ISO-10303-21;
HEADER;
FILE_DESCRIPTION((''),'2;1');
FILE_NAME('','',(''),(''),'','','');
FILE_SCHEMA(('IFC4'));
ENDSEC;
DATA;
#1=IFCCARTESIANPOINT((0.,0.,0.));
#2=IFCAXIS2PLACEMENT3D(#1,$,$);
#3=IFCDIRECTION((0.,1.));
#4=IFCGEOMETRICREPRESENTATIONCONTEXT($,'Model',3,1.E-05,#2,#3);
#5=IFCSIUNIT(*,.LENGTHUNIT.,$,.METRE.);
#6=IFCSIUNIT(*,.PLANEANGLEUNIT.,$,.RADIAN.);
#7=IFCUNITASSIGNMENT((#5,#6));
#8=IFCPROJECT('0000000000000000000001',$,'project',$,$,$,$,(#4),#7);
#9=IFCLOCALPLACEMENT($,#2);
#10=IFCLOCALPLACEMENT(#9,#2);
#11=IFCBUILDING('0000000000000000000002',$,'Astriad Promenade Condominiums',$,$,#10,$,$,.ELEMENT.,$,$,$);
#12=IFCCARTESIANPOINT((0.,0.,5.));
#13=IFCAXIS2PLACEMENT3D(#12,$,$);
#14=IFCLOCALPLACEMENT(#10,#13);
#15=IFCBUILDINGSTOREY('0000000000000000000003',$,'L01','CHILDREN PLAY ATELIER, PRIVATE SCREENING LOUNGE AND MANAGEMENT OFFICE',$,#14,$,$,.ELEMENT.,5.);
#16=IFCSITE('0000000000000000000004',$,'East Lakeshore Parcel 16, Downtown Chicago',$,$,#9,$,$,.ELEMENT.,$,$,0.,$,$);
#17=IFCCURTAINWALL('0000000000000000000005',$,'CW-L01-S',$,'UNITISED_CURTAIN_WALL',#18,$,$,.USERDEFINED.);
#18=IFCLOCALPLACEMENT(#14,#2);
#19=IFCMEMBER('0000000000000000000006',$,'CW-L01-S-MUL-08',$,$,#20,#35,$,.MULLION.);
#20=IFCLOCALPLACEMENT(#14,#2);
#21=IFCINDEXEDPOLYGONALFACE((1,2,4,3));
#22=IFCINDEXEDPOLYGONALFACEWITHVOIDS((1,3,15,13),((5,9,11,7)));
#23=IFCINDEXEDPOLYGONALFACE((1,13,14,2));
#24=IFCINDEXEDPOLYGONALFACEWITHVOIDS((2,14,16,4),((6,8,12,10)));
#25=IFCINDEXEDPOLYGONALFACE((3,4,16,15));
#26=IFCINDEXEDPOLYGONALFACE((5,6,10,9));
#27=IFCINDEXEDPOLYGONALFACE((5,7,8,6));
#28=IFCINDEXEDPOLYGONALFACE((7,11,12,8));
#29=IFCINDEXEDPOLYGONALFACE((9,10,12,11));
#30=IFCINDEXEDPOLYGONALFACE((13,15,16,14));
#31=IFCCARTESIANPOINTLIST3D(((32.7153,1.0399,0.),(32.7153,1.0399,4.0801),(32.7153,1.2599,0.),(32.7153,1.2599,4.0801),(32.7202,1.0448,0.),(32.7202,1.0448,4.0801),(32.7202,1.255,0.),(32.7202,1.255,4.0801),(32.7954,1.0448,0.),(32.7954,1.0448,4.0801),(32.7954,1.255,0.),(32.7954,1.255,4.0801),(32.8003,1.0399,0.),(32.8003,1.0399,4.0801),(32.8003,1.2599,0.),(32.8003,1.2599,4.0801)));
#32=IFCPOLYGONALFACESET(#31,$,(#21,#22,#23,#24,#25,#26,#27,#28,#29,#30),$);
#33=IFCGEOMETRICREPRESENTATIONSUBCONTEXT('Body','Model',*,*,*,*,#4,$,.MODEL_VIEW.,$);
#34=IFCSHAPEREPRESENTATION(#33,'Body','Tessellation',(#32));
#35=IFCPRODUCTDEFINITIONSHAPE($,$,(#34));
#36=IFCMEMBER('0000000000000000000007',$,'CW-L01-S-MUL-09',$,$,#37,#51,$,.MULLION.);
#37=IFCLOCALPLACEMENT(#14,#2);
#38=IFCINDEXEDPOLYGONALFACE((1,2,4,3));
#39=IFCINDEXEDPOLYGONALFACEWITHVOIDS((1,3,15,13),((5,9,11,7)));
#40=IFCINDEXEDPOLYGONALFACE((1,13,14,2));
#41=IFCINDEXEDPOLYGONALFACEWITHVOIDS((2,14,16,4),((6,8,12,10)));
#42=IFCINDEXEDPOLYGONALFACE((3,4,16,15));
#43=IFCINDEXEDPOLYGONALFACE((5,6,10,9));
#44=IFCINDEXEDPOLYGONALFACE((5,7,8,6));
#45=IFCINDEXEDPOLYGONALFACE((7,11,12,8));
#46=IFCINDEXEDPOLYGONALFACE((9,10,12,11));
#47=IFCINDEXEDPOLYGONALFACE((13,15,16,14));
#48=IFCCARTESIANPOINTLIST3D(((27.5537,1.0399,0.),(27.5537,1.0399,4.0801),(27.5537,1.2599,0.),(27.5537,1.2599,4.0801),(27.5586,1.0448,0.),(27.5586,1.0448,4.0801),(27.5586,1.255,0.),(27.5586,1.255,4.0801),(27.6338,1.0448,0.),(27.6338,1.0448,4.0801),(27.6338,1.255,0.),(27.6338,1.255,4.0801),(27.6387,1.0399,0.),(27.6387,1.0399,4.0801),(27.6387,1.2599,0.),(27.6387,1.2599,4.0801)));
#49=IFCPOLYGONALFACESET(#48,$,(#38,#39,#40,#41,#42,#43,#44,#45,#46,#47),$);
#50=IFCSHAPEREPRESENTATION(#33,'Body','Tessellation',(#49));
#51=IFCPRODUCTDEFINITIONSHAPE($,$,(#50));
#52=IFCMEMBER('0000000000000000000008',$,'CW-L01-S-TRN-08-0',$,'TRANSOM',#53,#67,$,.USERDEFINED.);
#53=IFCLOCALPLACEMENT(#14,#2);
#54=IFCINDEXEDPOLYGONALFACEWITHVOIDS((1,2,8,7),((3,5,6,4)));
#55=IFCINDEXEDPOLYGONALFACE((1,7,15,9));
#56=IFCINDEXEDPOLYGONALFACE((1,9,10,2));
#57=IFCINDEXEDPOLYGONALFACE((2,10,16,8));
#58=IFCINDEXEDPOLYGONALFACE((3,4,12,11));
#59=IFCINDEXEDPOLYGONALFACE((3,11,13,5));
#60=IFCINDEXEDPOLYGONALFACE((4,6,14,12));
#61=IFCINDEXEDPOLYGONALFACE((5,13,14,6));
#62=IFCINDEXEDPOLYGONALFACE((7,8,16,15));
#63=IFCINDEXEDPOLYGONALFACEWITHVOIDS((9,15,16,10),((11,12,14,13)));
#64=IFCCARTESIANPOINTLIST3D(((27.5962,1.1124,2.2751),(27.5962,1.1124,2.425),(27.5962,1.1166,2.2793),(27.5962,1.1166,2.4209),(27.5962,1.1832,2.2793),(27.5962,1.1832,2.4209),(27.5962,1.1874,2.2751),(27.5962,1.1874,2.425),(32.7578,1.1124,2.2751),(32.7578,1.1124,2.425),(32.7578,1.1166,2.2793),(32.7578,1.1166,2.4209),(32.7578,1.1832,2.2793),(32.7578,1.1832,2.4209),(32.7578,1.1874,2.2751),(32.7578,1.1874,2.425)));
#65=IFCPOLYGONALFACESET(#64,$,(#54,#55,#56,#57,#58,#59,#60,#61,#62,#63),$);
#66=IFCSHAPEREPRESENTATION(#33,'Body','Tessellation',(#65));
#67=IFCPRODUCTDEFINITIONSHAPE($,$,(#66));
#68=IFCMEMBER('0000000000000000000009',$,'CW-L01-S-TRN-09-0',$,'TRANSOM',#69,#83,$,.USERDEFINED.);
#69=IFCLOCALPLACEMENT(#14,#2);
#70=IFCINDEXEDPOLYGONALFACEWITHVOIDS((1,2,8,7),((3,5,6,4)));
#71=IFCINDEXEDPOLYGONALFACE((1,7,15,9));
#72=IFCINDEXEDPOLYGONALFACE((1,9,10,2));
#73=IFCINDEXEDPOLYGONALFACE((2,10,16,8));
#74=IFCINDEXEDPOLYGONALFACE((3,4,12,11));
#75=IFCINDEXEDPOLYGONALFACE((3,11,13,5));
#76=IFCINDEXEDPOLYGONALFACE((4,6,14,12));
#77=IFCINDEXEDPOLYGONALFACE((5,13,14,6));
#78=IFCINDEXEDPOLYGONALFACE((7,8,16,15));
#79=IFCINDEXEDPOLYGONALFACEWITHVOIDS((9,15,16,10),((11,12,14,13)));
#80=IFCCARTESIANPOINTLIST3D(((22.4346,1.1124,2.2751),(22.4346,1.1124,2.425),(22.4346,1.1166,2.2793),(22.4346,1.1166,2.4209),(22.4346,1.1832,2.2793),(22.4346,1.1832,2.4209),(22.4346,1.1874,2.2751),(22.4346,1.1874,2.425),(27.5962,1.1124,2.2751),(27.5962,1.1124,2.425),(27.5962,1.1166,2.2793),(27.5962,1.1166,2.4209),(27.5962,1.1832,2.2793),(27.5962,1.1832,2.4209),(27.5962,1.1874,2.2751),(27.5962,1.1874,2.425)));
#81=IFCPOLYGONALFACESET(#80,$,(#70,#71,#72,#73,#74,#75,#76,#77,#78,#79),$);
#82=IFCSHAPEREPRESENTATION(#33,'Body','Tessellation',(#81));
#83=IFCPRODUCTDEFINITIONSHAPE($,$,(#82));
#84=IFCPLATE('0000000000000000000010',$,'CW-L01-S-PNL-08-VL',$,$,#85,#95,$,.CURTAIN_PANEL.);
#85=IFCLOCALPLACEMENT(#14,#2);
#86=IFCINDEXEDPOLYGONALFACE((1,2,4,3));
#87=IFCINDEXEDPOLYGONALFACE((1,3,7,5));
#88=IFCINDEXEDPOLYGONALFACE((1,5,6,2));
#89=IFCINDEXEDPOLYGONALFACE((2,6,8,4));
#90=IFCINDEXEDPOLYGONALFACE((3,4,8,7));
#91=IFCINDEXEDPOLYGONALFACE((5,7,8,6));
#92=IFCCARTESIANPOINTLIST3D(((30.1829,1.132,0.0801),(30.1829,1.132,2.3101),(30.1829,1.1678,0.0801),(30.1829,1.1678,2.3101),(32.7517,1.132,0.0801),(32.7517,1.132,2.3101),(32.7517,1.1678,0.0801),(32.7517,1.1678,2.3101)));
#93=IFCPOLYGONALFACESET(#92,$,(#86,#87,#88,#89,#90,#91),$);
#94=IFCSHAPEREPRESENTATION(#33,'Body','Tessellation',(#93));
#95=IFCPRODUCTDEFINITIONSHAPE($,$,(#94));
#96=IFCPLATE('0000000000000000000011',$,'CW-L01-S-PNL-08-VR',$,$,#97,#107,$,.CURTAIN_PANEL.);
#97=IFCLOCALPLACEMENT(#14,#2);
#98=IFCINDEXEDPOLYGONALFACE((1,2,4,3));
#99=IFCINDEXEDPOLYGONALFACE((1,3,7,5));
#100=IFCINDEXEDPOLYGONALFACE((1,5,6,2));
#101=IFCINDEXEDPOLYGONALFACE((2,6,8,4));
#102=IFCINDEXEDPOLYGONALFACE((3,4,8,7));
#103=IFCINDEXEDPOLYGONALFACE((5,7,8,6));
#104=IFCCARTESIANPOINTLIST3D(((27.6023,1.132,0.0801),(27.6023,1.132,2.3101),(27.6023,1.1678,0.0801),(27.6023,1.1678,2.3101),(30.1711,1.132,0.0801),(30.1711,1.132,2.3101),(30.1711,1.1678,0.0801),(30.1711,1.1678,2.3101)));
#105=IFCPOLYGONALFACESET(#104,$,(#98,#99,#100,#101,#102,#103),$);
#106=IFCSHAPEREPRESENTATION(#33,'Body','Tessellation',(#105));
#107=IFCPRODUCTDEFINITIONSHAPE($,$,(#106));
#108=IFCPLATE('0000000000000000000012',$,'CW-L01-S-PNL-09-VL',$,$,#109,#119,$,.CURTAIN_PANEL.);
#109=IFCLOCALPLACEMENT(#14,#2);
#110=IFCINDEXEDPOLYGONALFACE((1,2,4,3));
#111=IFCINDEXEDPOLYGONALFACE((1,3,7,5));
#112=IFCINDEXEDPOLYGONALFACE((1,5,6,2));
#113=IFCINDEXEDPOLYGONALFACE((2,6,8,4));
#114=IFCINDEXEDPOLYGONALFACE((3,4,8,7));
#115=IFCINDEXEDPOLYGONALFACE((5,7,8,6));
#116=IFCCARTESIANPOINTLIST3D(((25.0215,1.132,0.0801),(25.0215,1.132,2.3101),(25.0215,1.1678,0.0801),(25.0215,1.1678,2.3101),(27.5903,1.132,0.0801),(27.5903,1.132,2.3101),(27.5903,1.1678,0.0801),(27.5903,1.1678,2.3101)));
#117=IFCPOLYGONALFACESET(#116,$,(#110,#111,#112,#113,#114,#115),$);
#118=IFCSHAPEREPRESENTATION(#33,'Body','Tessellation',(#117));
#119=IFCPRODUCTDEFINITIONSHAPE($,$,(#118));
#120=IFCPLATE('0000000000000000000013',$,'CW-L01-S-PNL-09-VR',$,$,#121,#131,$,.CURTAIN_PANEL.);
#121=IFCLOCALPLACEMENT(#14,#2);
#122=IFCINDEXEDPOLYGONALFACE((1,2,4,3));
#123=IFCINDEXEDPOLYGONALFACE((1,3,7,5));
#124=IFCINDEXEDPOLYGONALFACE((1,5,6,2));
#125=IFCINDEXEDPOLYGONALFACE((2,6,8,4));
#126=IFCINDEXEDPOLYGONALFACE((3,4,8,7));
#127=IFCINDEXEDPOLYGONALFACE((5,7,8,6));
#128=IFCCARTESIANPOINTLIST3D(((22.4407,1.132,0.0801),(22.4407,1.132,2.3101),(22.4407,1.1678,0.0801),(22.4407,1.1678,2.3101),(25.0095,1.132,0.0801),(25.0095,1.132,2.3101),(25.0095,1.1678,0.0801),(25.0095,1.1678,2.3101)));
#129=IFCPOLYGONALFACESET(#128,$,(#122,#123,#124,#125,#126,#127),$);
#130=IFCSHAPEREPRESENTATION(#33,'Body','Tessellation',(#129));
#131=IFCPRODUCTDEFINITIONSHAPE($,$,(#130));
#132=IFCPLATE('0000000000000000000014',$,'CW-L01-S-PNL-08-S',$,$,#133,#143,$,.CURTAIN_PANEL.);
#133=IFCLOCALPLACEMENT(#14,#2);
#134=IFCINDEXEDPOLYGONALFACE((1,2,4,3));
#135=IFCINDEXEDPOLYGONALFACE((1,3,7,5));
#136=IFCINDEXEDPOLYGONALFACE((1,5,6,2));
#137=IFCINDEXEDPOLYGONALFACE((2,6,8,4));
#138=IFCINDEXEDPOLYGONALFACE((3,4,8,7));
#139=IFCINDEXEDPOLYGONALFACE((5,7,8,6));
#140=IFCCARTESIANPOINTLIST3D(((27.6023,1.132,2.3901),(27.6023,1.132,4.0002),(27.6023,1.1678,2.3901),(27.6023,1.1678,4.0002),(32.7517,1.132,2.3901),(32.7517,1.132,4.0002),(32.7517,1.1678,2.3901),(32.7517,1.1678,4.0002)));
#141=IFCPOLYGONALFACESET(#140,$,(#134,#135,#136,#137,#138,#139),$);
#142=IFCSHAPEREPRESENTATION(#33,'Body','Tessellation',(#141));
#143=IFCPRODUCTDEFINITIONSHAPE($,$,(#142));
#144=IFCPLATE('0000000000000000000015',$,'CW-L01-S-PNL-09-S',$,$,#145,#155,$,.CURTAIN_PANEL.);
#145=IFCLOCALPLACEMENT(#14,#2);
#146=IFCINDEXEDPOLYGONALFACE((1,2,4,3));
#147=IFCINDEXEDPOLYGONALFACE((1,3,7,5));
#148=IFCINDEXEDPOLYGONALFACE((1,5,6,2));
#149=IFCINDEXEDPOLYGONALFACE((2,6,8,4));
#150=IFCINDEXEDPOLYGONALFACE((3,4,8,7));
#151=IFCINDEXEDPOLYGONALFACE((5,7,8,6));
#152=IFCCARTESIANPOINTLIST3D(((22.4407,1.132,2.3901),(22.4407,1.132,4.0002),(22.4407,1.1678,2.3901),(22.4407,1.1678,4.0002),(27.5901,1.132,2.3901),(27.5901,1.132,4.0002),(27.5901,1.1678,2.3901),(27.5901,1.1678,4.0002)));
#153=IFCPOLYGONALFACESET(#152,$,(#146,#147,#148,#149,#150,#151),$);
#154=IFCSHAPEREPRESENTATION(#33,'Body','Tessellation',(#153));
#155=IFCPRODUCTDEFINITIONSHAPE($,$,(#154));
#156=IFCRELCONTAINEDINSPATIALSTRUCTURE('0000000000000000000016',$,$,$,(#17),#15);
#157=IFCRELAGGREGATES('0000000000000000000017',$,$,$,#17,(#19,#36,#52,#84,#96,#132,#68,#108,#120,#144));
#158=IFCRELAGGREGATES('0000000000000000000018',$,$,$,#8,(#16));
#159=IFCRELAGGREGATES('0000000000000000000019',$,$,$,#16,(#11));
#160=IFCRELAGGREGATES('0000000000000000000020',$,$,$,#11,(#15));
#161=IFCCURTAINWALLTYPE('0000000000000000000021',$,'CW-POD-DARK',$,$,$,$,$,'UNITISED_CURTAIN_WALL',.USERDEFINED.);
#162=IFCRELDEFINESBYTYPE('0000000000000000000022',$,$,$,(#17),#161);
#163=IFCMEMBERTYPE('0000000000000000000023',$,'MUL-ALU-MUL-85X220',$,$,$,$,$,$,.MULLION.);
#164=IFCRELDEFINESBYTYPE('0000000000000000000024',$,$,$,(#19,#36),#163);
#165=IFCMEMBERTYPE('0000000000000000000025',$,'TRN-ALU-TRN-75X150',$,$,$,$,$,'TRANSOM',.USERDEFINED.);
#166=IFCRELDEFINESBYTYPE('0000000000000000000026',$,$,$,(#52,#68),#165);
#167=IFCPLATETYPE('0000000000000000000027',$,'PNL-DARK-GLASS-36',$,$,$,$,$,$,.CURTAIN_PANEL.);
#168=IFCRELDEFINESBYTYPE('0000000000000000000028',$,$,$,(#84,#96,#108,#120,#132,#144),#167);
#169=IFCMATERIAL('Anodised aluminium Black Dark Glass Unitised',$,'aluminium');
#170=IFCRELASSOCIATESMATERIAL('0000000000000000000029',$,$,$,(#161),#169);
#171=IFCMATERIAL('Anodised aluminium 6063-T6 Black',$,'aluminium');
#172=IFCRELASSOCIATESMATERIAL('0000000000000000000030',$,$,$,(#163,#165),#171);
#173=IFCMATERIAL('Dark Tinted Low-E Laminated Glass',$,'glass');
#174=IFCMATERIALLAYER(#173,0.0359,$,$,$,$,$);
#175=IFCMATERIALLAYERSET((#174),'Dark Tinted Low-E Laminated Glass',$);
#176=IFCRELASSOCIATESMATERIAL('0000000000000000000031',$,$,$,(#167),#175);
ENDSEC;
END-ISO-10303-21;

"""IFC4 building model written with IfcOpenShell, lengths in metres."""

from ifc_helpers import new_model, si_unit, direction, frame, origin, origin_2d, place, context, subcontext, project, spatial, rectangle, hollow_rectangle, extrude, source, transform, mapped, material, layer, layer_set, material_profile, profile_set, type_object, type_shapes, element, aggregate, save


model = new_model("IFC4")

# Units and contexts
model_context = context("Model", 3, precision=1e-05, world=origin(), true_north=direction((0.0, 1.0)))
body_context = subcontext(model_context, "Body", "Model", "MODEL_VIEW")
ifc_project = project(units=[si_unit("LENGTHUNIT", "METRE"), si_unit("PLANEANGLEUNIT", "RADIAN")], contexts=[model_context])

# Site, building, storey
site_placement = place(None, origin())
site = spatial("IfcSite", under=ifc_project, at=site_placement, Name="East Lakeshore Parcel 16, Downtown Chicago", CompositionType="ELEMENT", RefElevation=0.0)
building_placement = place(site_placement, origin())
building = spatial("IfcBuilding", under=site, at=building_placement, Name="Astriad Promenade Condominiums", CompositionType="ELEMENT")
storey_placement = place(building_placement, frame((0.0, 0.0, 5.0)))
storey = spatial("IfcBuildingStorey", under=building, at=storey_placement, Name="L01", Description="CHILDREN PLAY ATELIER, PRIVATE SCREENING LOUNGE AND MANAGEMENT OFFICE", CompositionType="ELEMENT", Elevation=5.0)

# Curtain wall, members, plates
ifc_material_1 = material(Name="Anodised aluminium Black Dark Glass Unitised", Category="aluminium")
curtain_wall_type = type_object("IfcCurtainWallType", Name="CW-POD-DARK", ElementType="UNITISED_CURTAIN_WALL", PredefinedType="USERDEFINED", material=ifc_material_1)
curtain_wall_placement = place(storey_placement, origin())
curtain_wall = element("IfcCurtainWall", 1, at=curtain_wall_placement, inside=storey, type_object=curtain_wall_type, Name="CW-L01-S", ObjectType="UNITISED_CURTAIN_WALL", PredefinedType="USERDEFINED")
ifc_material_2 = material(Name="Anodised aluminium 6063-T6 Black", Category="aluminium")
ifc_material_profile_1 = material_profile(ifc_material_2, hollow_rectangle(XDim=0.085, YDim=0.22, WallThickness=0.0049, at=origin_2d()), Name="ALU-MUL-85X220")
ifc_profile_set_1 = profile_set([ifc_material_profile_1], Name="Anodised aluminium 6063-T6 Black")
member_type_1 = type_object("IfcMemberType", Name="MUL-ALU-MUL-85X220", PredefinedType="MULLION", material=ifc_profile_set_1)
shared_shape_1 = source(origin(), body_context, "Body", "SweptSolid", [
    extrude(hollow_rectangle(XDim=0.085, YDim=0.22, WallThickness=0.0049, at=origin_2d()), origin(), (0.0, 0.0, 1.0), 4.0801),
])
type_shapes(member_type_1, [shared_shape_1])
member_1_placement = place(storey_placement, frame((32.7578, 1.1499, 0.0), z_axis=(0.0, 0.0, 1.0), x_axis=(1.0, 0.0, 0.0)))
member_1 = element("IfcMember", 2, at=member_1_placement, type_object=member_type_1, Name="CW-L01-S-MUL-08", PredefinedType="MULLION", context=body_context, shape_type="MappedRepresentation", body=[
    mapped(shared_shape_1, transform((0.0, 0.0, 0.0), scale=1.0)),
])
member_2_placement = place(storey_placement, frame((27.5962, 1.1499, 0.0), z_axis=(0.0, 0.0, 1.0), x_axis=(1.0, 0.0, 0.0)))
member_2 = element("IfcMember", 3, at=member_2_placement, type_object=member_type_1, Name="CW-L01-S-MUL-09", PredefinedType="MULLION", context=body_context, shape_type="MappedRepresentation", body=[
    mapped(shared_shape_1, transform((0.0, 0.0, 0.0), scale=1.0)),
])
ifc_material_profile_2 = material_profile(ifc_material_2, hollow_rectangle(XDim=0.075, YDim=0.1499, WallThickness=0.0042, at=origin_2d()), Name="ALU-TRN-75X150")
ifc_profile_set_2 = profile_set([ifc_material_profile_2], Name="Anodised aluminium 6063-T6 Black")
member_type_2 = type_object("IfcMemberType", Name="TRN-ALU-TRN-75X150", ElementType="TRANSOM", PredefinedType="USERDEFINED", material=ifc_profile_set_2)
shared_shape_2 = source(origin(), body_context, "Body", "SweptSolid", [
    extrude(hollow_rectangle(XDim=0.075, YDim=0.1499, WallThickness=0.0042, at=origin_2d()), origin(), (0.0, 0.0, 1.0), 5.1616),
])
type_shapes(member_type_2, [shared_shape_2])
member_3_placement = place(storey_placement, frame((32.7578, 1.1499, 2.3501), z_axis=(-1.0, 0.0, 0.0), x_axis=(0.0, -1.0, 0.0)))
member_3 = element("IfcMember", 4, at=member_3_placement, type_object=member_type_2, Name="CW-L01-S-TRN-08-0", ObjectType="TRANSOM", PredefinedType="USERDEFINED", context=body_context, shape_type="MappedRepresentation", body=[
    mapped(shared_shape_2, transform((0.0, 0.0, 0.0), scale=1.0)),
])
member_4_placement = place(storey_placement, frame((27.5962, 1.1499, 2.3501), z_axis=(-1.0, 0.0, 0.0), x_axis=(0.0, -1.0, 0.0)))
member_4 = element("IfcMember", 5, at=member_4_placement, type_object=member_type_2, Name="CW-L01-S-TRN-09-0", ObjectType="TRANSOM", PredefinedType="USERDEFINED", context=body_context, shape_type="MappedRepresentation", body=[
    mapped(shared_shape_2, transform((0.0, 0.0, 0.0), scale=1.0)),
])
ifc_material_3 = material(Name="Dark Tinted Low-E Laminated Glass", Category="glass")
ifc_layer_1 = layer(ifc_material_3, 0.0359)
ifc_layer_set_1 = layer_set([ifc_layer_1], Name="Dark Tinted Low-E Laminated Glass")
plate_type = type_object("IfcPlateType", Name="PNL-DARK-GLASS-36", PredefinedType="CURTAIN_PANEL", material=ifc_layer_set_1)
shared_shape_3 = source(origin(), body_context, "Body", "SweptSolid", [
    extrude(rectangle(XDim=2.5688, YDim=0.0359, at=origin_2d()), origin(), (0.0, 0.0, 1.0), 2.23),
])
plate_1_placement = place(storey_placement, frame((31.4673, 1.1499, 0.0801), z_axis=(0.0, 0.0, 1.0), x_axis=(-1.0, 0.0, 0.0)))
plate_1 = element("IfcPlate", 6, at=plate_1_placement, type_object=plate_type, Name="CW-L01-S-PNL-08-VL", PredefinedType="CURTAIN_PANEL", context=body_context, shape_type="MappedRepresentation", body=[
    mapped(shared_shape_3, transform((0.0, 0.0, 0.0), scale=1.0)),
])
plate_2_placement = place(storey_placement, frame((28.8867, 1.1499, 0.0801), z_axis=(0.0, 0.0, 1.0), x_axis=(-1.0, 0.0, 0.0)))
plate_2 = element("IfcPlate", 7, at=plate_2_placement, type_object=plate_type, Name="CW-L01-S-PNL-08-VR", PredefinedType="CURTAIN_PANEL", context=body_context, shape_type="MappedRepresentation", body=[
    mapped(shared_shape_3, transform((0.0, 0.0, 0.0), scale=1.0)),
])
plate_3_placement = place(storey_placement, frame((26.3059, 1.1499, 0.0801), z_axis=(0.0, 0.0, 1.0), x_axis=(-1.0, 0.0, 0.0)))
plate_3 = element("IfcPlate", 8, at=plate_3_placement, type_object=plate_type, Name="CW-L01-S-PNL-09-VL", PredefinedType="CURTAIN_PANEL", context=body_context, shape_type="MappedRepresentation", body=[
    mapped(shared_shape_3, transform((0.0, 0.0, 0.0), scale=1.0)),
])
plate_4_placement = place(storey_placement, frame((23.7251, 1.1499, 0.0801), z_axis=(0.0, 0.0, 1.0), x_axis=(-1.0, 0.0, 0.0)))
plate_4 = element("IfcPlate", 9, at=plate_4_placement, type_object=plate_type, Name="CW-L01-S-PNL-09-VR", PredefinedType="CURTAIN_PANEL", context=body_context, shape_type="MappedRepresentation", body=[
    mapped(shared_shape_3, transform((0.0, 0.0, 0.0), scale=1.0)),
])
shared_shape_4 = source(origin(), body_context, "Body", "SweptSolid", [
    extrude(rectangle(XDim=5.1494, YDim=0.0359, at=origin_2d()), origin(), (0.0, 0.0, 1.0), 1.6101),
])
type_shapes(plate_type, [shared_shape_3, shared_shape_4])
plate_5_placement = place(storey_placement, frame((30.177, 1.1499, 2.3901), z_axis=(0.0, 0.0, 1.0), x_axis=(-1.0, 0.0, 0.0)))
plate_5 = element("IfcPlate", 10, at=plate_5_placement, type_object=plate_type, Name="CW-L01-S-PNL-08-S", PredefinedType="CURTAIN_PANEL", context=body_context, shape_type="MappedRepresentation", body=[
    mapped(shared_shape_4, transform((0.0, 0.0, 0.0), scale=1.0)),
])
plate_6_placement = place(storey_placement, frame((25.0154, 1.1499, 2.3901), z_axis=(0.0, 0.0, 1.0), x_axis=(-1.0, 0.0, 0.0)))
plate_6 = element("IfcPlate", 11, at=plate_6_placement, type_object=plate_type, Name="CW-L01-S-PNL-09-S", PredefinedType="CURTAIN_PANEL", context=body_context, shape_type="MappedRepresentation", body=[
    mapped(shared_shape_4, transform((0.0, 0.0, 0.0), scale=1.0)),
])
aggregate(curtain_wall, [member_1, member_2, member_3, plate_1, plate_2, plate_5, member_4, plate_3, plate_4, plate_6])

save(model, "model.ifc")
